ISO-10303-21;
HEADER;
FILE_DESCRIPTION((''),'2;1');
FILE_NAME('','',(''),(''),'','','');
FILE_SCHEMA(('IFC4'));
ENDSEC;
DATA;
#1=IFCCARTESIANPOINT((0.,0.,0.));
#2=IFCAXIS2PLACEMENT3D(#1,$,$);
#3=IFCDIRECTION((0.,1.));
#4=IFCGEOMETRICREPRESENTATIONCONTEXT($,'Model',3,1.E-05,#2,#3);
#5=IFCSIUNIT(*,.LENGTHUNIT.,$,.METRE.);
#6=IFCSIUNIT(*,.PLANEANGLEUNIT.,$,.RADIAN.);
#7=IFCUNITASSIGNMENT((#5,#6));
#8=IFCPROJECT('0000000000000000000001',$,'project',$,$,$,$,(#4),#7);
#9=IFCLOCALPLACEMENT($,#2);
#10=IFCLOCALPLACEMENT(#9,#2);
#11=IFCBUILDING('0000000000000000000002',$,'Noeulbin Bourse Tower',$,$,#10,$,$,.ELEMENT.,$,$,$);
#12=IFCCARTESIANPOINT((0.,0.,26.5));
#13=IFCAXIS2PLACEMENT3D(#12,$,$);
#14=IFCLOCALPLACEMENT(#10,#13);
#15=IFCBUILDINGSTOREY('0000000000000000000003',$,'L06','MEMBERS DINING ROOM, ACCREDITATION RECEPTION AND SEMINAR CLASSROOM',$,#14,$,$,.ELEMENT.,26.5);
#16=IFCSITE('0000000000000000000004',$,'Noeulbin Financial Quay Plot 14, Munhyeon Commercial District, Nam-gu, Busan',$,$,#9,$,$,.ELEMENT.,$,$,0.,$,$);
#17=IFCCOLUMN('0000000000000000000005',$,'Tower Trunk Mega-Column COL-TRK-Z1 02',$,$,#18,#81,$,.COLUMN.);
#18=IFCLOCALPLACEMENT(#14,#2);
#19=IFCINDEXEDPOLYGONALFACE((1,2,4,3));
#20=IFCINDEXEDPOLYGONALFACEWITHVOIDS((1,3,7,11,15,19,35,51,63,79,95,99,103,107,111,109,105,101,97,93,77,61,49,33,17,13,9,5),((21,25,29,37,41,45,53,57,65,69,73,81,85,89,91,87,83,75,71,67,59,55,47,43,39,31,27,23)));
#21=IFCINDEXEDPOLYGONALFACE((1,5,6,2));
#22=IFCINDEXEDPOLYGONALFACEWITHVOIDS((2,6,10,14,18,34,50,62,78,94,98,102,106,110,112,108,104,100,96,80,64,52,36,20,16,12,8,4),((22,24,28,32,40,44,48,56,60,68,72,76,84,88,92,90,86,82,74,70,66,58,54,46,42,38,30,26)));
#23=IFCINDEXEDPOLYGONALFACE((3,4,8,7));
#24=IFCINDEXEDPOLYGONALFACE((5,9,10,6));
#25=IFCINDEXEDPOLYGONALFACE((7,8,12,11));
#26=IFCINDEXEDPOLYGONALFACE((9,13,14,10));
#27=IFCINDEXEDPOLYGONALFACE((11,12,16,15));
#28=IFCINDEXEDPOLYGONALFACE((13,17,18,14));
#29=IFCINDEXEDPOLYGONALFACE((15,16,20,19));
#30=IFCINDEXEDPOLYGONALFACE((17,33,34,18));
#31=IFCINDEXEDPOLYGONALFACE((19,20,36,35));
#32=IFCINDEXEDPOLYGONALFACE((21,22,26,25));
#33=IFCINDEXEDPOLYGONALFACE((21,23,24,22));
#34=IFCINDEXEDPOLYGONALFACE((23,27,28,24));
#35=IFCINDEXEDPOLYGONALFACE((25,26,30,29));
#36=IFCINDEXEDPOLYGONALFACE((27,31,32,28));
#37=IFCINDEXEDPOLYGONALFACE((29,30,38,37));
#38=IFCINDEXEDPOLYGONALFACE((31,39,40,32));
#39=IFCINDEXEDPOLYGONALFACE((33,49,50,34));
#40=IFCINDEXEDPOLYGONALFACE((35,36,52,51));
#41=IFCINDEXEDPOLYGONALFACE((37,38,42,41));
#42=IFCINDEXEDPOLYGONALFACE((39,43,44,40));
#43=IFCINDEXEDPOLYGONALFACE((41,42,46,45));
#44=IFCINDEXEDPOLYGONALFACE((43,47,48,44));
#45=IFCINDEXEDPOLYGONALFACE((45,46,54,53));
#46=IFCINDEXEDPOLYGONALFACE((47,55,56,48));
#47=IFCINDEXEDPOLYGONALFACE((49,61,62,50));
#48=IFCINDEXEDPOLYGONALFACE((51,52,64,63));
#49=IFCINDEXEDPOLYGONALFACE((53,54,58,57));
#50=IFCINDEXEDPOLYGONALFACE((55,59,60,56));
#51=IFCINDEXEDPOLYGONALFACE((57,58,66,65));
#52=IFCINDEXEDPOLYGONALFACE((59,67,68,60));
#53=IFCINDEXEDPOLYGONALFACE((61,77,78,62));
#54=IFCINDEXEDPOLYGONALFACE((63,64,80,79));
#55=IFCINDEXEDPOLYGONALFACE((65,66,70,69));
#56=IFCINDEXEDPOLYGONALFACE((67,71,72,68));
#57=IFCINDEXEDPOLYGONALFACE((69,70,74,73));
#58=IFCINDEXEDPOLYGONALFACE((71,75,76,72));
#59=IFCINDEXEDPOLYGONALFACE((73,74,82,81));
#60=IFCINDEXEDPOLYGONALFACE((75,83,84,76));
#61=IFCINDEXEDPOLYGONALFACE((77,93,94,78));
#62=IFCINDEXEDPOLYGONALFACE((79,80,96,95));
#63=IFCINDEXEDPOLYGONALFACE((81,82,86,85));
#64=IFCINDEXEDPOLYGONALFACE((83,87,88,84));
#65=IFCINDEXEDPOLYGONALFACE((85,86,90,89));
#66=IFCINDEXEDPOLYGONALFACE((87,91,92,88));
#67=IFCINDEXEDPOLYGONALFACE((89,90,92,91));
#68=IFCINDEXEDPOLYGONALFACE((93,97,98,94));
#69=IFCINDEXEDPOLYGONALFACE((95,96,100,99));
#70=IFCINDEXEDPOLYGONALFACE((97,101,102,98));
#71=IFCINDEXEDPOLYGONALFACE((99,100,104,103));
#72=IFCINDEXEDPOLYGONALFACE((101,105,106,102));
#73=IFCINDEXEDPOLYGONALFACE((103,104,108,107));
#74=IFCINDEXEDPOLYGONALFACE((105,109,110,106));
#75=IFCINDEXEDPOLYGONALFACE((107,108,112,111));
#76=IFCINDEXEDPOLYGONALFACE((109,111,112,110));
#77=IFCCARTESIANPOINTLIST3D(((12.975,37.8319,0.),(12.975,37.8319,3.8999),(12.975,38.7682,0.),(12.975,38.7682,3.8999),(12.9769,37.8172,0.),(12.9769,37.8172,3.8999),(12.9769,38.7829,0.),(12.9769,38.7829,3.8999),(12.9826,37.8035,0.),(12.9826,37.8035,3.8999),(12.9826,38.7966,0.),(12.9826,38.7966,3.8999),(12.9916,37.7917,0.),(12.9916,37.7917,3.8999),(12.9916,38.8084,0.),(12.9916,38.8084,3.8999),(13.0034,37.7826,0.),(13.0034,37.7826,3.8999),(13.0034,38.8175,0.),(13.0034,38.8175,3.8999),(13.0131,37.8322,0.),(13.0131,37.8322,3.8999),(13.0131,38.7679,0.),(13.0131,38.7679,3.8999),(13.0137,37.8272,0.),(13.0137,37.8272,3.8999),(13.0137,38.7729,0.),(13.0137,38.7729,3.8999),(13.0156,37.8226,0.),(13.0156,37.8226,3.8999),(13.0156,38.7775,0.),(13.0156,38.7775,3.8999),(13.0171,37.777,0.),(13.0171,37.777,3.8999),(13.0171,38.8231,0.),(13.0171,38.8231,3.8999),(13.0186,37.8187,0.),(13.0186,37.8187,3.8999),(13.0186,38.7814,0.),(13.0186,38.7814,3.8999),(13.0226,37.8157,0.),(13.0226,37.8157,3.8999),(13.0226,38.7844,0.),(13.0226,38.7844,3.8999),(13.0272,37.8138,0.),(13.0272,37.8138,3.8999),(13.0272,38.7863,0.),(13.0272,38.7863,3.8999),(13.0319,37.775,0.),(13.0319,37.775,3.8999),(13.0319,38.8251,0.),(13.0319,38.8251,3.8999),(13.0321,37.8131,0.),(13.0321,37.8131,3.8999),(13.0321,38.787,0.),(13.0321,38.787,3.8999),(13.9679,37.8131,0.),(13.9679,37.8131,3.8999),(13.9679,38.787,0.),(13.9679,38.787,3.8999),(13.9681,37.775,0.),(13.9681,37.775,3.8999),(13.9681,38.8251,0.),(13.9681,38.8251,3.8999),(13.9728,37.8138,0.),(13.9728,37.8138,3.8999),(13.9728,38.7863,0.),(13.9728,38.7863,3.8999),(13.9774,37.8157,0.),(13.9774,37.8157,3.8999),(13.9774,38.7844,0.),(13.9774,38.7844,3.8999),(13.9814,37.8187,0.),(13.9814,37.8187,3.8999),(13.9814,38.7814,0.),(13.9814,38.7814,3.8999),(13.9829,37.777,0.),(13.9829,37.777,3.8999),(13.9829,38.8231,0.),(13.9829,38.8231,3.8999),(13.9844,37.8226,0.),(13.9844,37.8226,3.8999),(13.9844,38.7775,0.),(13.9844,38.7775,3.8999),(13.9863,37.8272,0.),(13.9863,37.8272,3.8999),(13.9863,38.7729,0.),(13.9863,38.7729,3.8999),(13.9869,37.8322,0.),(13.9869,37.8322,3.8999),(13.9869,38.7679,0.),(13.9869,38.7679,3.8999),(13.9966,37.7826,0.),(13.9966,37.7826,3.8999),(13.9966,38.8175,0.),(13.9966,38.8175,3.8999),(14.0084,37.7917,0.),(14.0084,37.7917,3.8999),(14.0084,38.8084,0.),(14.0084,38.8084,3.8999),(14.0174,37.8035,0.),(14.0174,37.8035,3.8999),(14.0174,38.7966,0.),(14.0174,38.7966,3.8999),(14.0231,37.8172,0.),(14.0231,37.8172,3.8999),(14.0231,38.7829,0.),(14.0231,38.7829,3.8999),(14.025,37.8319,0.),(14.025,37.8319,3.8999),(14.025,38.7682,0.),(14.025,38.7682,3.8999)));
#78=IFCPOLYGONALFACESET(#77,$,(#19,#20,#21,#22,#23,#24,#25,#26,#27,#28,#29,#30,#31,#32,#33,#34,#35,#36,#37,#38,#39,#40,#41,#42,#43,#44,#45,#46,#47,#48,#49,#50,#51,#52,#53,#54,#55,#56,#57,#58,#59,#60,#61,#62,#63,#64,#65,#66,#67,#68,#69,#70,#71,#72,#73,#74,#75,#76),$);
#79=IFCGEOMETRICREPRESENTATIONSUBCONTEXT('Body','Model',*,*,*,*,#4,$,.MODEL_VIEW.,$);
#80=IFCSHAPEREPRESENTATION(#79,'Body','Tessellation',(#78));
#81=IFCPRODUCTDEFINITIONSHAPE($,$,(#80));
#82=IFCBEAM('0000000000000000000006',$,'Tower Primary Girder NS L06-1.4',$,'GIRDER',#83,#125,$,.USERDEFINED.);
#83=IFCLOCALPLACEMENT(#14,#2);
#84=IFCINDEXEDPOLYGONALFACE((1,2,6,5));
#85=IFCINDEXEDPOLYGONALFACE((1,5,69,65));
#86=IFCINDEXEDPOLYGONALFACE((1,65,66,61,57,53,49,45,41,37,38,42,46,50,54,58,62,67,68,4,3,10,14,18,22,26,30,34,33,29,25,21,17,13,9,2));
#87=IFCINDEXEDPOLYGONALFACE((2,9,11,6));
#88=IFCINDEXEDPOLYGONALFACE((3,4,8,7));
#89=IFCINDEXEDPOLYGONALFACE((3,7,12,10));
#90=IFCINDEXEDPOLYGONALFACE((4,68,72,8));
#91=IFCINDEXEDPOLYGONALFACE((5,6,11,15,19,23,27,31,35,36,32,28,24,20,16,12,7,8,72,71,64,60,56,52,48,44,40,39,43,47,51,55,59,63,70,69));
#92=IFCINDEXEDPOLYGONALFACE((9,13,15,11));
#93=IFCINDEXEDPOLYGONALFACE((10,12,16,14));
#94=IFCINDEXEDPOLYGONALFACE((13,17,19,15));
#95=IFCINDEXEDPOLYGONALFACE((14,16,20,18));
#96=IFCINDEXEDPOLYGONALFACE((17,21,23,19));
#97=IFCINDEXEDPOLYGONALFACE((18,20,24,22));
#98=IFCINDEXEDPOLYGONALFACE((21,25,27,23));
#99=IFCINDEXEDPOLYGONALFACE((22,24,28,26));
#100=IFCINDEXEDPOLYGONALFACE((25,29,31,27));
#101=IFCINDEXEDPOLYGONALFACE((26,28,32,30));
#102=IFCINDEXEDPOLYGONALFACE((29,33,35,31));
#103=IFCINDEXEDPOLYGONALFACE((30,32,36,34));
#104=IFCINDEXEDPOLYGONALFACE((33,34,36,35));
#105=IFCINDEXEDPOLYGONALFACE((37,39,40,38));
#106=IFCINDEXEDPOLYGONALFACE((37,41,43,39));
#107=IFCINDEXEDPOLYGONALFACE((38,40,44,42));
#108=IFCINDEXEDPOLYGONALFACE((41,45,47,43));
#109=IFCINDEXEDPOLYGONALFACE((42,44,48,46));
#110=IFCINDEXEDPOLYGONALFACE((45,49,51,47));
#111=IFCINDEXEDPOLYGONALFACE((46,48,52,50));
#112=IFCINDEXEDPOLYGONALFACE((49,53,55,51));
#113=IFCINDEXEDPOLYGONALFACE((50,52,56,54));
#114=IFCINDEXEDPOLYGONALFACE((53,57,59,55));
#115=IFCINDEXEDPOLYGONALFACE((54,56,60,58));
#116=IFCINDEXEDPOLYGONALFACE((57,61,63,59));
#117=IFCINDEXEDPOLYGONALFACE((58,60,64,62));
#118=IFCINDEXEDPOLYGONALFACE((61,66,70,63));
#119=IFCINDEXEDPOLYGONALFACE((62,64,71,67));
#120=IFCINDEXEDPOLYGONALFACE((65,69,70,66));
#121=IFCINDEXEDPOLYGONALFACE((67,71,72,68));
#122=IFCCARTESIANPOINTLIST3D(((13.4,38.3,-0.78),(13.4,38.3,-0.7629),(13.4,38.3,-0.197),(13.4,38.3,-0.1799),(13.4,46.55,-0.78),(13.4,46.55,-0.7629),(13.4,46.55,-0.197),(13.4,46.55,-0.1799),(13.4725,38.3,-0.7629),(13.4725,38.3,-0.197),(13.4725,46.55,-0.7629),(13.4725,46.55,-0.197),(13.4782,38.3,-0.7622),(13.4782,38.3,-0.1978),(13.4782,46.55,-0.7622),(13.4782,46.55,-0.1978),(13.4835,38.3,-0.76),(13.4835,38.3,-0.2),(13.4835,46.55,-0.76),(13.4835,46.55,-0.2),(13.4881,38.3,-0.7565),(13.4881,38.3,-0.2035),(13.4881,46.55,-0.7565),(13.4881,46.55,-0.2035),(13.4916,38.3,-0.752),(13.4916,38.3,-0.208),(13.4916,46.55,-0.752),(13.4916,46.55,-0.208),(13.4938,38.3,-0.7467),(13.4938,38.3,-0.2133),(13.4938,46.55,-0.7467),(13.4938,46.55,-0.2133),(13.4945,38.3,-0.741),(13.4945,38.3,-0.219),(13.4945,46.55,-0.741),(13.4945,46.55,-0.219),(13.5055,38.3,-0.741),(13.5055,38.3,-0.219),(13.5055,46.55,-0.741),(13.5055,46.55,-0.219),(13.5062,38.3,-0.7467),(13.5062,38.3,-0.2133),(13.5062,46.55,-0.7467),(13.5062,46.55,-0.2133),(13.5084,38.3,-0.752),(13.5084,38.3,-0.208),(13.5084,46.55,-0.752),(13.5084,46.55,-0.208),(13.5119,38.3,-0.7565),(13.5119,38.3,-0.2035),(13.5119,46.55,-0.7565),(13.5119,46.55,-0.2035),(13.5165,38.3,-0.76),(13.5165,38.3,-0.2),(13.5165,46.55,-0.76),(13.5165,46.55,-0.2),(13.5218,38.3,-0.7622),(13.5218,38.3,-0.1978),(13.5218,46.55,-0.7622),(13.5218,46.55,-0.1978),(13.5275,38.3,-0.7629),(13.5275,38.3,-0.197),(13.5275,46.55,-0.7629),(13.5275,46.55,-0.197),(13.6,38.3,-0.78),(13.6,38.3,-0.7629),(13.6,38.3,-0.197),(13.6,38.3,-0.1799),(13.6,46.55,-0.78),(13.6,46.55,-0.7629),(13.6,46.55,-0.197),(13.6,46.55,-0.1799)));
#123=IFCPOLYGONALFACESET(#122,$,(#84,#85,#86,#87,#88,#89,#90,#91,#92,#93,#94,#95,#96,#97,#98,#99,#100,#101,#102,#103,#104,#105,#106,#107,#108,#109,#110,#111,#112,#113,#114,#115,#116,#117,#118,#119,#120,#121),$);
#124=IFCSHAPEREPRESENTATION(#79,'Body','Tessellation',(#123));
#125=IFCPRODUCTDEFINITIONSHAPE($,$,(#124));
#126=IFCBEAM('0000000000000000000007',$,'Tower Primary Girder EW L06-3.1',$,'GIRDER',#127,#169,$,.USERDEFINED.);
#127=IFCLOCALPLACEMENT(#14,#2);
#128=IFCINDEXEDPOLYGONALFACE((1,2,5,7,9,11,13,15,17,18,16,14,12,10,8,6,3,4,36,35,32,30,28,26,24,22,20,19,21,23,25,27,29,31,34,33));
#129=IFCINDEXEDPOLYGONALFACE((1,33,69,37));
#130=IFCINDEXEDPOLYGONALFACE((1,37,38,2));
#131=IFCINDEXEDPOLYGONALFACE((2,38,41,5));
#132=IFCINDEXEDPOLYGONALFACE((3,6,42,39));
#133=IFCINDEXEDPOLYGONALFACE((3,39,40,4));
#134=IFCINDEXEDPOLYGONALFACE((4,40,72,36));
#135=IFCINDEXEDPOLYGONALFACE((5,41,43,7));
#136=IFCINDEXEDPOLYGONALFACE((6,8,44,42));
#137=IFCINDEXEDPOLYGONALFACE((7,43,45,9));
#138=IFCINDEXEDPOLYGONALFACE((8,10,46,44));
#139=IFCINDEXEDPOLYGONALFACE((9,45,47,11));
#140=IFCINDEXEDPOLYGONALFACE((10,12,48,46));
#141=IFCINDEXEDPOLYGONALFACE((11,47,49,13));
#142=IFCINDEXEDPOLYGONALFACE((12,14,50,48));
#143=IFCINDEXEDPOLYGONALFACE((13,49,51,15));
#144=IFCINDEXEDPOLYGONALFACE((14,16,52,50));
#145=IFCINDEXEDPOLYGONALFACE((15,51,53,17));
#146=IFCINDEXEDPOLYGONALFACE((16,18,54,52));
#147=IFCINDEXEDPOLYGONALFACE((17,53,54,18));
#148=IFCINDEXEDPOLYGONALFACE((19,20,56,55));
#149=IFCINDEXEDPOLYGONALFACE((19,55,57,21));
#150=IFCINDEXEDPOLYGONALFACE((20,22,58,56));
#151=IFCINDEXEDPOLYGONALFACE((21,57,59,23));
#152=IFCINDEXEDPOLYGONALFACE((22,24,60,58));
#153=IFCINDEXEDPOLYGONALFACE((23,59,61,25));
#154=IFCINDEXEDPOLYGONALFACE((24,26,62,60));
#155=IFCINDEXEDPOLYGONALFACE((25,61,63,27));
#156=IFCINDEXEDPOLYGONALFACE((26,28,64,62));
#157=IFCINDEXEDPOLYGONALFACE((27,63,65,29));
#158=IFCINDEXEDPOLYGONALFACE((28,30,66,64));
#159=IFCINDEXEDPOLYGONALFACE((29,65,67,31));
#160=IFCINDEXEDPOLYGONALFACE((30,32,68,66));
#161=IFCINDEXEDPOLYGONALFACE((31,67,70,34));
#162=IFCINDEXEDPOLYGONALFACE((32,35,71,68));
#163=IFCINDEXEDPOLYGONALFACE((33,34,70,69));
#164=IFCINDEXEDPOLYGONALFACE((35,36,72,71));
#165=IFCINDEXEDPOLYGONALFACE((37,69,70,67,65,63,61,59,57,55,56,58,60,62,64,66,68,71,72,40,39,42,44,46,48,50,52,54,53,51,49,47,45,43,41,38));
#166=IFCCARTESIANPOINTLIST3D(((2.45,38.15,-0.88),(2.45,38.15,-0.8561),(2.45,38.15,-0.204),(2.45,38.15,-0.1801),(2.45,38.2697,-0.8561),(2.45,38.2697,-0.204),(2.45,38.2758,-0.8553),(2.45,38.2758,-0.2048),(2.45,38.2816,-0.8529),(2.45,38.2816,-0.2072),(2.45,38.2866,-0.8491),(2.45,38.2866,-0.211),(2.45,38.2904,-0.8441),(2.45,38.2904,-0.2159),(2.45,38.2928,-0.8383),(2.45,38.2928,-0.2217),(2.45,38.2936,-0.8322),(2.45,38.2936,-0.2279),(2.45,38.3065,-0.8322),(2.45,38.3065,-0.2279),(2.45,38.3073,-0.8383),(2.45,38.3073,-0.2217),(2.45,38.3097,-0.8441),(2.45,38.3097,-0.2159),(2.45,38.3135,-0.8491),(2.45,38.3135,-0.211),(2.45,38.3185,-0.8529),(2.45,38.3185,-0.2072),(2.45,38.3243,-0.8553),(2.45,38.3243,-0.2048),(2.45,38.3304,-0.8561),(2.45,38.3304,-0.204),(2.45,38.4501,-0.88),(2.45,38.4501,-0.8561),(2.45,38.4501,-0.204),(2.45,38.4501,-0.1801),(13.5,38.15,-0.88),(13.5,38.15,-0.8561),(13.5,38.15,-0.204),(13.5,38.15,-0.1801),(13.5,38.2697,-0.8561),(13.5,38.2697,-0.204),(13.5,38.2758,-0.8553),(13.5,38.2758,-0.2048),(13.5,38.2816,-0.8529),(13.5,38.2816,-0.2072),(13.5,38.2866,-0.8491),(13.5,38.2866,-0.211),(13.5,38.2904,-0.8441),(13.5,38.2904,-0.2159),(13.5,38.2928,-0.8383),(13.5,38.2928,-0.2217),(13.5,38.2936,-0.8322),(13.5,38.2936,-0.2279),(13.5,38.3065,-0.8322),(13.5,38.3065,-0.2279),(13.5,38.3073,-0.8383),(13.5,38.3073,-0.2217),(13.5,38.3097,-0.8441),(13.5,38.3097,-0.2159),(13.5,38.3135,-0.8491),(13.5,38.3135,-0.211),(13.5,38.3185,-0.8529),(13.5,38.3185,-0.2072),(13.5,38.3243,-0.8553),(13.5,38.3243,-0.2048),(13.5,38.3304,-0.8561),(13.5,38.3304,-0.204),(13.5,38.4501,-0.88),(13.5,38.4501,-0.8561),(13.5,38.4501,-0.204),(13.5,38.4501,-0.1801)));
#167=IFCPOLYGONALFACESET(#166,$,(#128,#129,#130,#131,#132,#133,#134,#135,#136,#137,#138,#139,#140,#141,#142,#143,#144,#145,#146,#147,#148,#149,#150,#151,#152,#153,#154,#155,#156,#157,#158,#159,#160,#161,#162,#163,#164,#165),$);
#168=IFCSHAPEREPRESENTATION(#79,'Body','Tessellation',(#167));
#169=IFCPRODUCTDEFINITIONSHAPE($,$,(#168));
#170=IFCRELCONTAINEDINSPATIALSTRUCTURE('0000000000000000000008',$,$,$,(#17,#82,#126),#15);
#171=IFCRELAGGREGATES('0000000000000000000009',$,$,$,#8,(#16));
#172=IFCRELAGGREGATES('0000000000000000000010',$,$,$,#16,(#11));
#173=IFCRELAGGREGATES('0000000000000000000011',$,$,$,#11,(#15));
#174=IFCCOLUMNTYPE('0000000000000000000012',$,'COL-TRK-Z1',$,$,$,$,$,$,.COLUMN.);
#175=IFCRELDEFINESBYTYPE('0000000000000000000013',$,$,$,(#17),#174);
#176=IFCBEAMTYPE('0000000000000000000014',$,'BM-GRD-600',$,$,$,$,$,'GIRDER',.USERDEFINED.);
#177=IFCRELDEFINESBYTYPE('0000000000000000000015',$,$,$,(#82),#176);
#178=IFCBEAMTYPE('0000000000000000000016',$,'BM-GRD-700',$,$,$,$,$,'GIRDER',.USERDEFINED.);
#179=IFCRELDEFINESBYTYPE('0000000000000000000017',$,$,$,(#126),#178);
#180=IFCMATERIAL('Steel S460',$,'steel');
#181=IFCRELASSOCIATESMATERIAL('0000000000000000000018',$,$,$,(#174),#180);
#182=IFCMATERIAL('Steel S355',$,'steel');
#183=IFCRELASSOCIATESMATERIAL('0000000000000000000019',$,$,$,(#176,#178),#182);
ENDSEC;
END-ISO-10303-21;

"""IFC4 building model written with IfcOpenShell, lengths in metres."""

from ifc_helpers import new_model, si_unit, direction, frame, origin, origin_2d, place, context, subcontext, project, spatial, hollow_rectangle, i_section, extrude, material, material_profile, profile_set, type_object, element, save


model = new_model("IFC4")

# Units and contexts
model_context = context("Model", 3, precision=1e-05, world=origin(), true_north=direction((0.0, 1.0)))
body_context = subcontext(model_context, "Body", "Model", "MODEL_VIEW")
ifc_project = project(units=[si_unit("LENGTHUNIT", "METRE"), si_unit("PLANEANGLEUNIT", "RADIAN")], contexts=[model_context])

# Site, building, storey
site_placement = place(None, origin())
site = spatial("IfcSite", under=ifc_project, at=site_placement, Name="Noeulbin Financial Quay Plot 14, Munhyeon Commercial District, Nam-gu, Busan", CompositionType="ELEMENT", RefElevation=0.0)
building_placement = place(site_placement, origin())
building = spatial("IfcBuilding", under=site, at=building_placement, Name="Noeulbin Bourse Tower", CompositionType="ELEMENT")
storey_placement = place(building_placement, frame((0.0, 0.0, 26.5)))
storey = spatial("IfcBuildingStorey", under=building, at=storey_placement, Name="L06", Description="MEMBERS DINING ROOM, ACCREDITATION RECEPTION AND SEMINAR CLASSROOM", CompositionType="ELEMENT", Elevation=26.5)

# Column
ifc_material_1 = material(Name="Steel S460", Category="steel")
ifc_material_profile_1 = material_profile(ifc_material_1, hollow_rectangle(XDim=1.05, YDim=1.05, WallThickness=0.0381, InnerFilletRadius=0.019, OuterFilletRadius=0.0569, at=origin_2d()), Name="BOX-1050x1050x38", Category="LoadBearing")
ifc_profile_set_1 = profile_set([ifc_material_profile_1], Name="Steel S460")
column_type_1 = type_object("IfcColumnType", Name="COL-TRK-Z1", PredefinedType="COLUMN", material=ifc_profile_set_1)
column_placement = place(storey_placement, frame((13.5, 38.3, 0.0), z_axis=(0.0, 0.0, 1.0), x_axis=(1.0, 0.0, 0.0)))
element("IfcColumn", 1, at=column_placement, inside=storey, type_object=column_type_1, Name="Tower Trunk Mega-Column COL-TRK-Z1 02", PredefinedType="COLUMN", context=body_context, shape_type="SweptSolid", body=[
    extrude(hollow_rectangle(XDim=1.05, YDim=1.05, WallThickness=0.0381, InnerFilletRadius=0.019, OuterFilletRadius=0.0569, at=origin_2d()), origin(), (0.0, 0.0, 1.0), 3.8999),
])

# Beams
ifc_material_2 = material(Name="Steel S355", Category="steel")
ifc_material_profile_2 = material_profile(ifc_material_2, i_section(OverallWidth=0.2, OverallDepth=0.6001, WebThickness=0.011, FlangeThickness=0.0171, FilletRadius=0.022, at=origin_2d()), Name="H-600x200x11x17", Category="LoadBearing")
ifc_profile_set_2 = profile_set([ifc_material_profile_2], Name="Steel S355")
beam_type_1 = type_object("IfcBeamType", Name="BM-GRD-600", ElementType="GIRDER", PredefinedType="USERDEFINED", material=ifc_profile_set_2)
beam_1_placement = place(storey_placement, frame((13.5, 38.3, -0.48), z_axis=(0.0, 1.0, 0.0), x_axis=(-1.0, 0.0, 0.0)))
element("IfcBeam", 2, at=beam_1_placement, inside=storey, type_object=beam_type_1, Name="Tower Primary Girder NS L06-1.4", ObjectType="GIRDER", PredefinedType="USERDEFINED", context=body_context, shape_type="SweptSolid", body=[
    extrude(i_section(OverallWidth=0.2, OverallDepth=0.6001, WebThickness=0.011, FlangeThickness=0.0171, FilletRadius=0.022, at=origin_2d()), origin(), (0.0, 0.0, 1.0), 8.25),
])
ifc_material_profile_3 = material_profile(ifc_material_2, i_section(OverallWidth=0.3, OverallDepth=0.7, WebThickness=0.0129, FlangeThickness=0.0239, FilletRadius=0.0239, at=origin_2d()), Name="H-700x300x13x24", Category="LoadBearing")
ifc_profile_set_3 = profile_set([ifc_material_profile_3], Name="Steel S355")
beam_type_2 = type_object("IfcBeamType", Name="BM-GRD-700", ElementType="GIRDER", PredefinedType="USERDEFINED", material=ifc_profile_set_3)
beam_2_placement = place(storey_placement, frame((2.45, 38.3, -0.53), z_axis=(1.0, 0.0, 0.0), x_axis=(0.0, 1.0, 0.0)))
element("IfcBeam", 3, at=beam_2_placement, inside=storey, type_object=beam_type_2, Name="Tower Primary Girder EW L06-3.1", ObjectType="GIRDER", PredefinedType="USERDEFINED", context=body_context, shape_type="SweptSolid", body=[
    extrude(i_section(OverallWidth=0.3, OverallDepth=0.7, WebThickness=0.0129, FlangeThickness=0.0239, FilletRadius=0.0239, at=origin_2d()), origin(), (0.0, 0.0, 1.0), 11.05),
])

save(model, "model.ifc")
